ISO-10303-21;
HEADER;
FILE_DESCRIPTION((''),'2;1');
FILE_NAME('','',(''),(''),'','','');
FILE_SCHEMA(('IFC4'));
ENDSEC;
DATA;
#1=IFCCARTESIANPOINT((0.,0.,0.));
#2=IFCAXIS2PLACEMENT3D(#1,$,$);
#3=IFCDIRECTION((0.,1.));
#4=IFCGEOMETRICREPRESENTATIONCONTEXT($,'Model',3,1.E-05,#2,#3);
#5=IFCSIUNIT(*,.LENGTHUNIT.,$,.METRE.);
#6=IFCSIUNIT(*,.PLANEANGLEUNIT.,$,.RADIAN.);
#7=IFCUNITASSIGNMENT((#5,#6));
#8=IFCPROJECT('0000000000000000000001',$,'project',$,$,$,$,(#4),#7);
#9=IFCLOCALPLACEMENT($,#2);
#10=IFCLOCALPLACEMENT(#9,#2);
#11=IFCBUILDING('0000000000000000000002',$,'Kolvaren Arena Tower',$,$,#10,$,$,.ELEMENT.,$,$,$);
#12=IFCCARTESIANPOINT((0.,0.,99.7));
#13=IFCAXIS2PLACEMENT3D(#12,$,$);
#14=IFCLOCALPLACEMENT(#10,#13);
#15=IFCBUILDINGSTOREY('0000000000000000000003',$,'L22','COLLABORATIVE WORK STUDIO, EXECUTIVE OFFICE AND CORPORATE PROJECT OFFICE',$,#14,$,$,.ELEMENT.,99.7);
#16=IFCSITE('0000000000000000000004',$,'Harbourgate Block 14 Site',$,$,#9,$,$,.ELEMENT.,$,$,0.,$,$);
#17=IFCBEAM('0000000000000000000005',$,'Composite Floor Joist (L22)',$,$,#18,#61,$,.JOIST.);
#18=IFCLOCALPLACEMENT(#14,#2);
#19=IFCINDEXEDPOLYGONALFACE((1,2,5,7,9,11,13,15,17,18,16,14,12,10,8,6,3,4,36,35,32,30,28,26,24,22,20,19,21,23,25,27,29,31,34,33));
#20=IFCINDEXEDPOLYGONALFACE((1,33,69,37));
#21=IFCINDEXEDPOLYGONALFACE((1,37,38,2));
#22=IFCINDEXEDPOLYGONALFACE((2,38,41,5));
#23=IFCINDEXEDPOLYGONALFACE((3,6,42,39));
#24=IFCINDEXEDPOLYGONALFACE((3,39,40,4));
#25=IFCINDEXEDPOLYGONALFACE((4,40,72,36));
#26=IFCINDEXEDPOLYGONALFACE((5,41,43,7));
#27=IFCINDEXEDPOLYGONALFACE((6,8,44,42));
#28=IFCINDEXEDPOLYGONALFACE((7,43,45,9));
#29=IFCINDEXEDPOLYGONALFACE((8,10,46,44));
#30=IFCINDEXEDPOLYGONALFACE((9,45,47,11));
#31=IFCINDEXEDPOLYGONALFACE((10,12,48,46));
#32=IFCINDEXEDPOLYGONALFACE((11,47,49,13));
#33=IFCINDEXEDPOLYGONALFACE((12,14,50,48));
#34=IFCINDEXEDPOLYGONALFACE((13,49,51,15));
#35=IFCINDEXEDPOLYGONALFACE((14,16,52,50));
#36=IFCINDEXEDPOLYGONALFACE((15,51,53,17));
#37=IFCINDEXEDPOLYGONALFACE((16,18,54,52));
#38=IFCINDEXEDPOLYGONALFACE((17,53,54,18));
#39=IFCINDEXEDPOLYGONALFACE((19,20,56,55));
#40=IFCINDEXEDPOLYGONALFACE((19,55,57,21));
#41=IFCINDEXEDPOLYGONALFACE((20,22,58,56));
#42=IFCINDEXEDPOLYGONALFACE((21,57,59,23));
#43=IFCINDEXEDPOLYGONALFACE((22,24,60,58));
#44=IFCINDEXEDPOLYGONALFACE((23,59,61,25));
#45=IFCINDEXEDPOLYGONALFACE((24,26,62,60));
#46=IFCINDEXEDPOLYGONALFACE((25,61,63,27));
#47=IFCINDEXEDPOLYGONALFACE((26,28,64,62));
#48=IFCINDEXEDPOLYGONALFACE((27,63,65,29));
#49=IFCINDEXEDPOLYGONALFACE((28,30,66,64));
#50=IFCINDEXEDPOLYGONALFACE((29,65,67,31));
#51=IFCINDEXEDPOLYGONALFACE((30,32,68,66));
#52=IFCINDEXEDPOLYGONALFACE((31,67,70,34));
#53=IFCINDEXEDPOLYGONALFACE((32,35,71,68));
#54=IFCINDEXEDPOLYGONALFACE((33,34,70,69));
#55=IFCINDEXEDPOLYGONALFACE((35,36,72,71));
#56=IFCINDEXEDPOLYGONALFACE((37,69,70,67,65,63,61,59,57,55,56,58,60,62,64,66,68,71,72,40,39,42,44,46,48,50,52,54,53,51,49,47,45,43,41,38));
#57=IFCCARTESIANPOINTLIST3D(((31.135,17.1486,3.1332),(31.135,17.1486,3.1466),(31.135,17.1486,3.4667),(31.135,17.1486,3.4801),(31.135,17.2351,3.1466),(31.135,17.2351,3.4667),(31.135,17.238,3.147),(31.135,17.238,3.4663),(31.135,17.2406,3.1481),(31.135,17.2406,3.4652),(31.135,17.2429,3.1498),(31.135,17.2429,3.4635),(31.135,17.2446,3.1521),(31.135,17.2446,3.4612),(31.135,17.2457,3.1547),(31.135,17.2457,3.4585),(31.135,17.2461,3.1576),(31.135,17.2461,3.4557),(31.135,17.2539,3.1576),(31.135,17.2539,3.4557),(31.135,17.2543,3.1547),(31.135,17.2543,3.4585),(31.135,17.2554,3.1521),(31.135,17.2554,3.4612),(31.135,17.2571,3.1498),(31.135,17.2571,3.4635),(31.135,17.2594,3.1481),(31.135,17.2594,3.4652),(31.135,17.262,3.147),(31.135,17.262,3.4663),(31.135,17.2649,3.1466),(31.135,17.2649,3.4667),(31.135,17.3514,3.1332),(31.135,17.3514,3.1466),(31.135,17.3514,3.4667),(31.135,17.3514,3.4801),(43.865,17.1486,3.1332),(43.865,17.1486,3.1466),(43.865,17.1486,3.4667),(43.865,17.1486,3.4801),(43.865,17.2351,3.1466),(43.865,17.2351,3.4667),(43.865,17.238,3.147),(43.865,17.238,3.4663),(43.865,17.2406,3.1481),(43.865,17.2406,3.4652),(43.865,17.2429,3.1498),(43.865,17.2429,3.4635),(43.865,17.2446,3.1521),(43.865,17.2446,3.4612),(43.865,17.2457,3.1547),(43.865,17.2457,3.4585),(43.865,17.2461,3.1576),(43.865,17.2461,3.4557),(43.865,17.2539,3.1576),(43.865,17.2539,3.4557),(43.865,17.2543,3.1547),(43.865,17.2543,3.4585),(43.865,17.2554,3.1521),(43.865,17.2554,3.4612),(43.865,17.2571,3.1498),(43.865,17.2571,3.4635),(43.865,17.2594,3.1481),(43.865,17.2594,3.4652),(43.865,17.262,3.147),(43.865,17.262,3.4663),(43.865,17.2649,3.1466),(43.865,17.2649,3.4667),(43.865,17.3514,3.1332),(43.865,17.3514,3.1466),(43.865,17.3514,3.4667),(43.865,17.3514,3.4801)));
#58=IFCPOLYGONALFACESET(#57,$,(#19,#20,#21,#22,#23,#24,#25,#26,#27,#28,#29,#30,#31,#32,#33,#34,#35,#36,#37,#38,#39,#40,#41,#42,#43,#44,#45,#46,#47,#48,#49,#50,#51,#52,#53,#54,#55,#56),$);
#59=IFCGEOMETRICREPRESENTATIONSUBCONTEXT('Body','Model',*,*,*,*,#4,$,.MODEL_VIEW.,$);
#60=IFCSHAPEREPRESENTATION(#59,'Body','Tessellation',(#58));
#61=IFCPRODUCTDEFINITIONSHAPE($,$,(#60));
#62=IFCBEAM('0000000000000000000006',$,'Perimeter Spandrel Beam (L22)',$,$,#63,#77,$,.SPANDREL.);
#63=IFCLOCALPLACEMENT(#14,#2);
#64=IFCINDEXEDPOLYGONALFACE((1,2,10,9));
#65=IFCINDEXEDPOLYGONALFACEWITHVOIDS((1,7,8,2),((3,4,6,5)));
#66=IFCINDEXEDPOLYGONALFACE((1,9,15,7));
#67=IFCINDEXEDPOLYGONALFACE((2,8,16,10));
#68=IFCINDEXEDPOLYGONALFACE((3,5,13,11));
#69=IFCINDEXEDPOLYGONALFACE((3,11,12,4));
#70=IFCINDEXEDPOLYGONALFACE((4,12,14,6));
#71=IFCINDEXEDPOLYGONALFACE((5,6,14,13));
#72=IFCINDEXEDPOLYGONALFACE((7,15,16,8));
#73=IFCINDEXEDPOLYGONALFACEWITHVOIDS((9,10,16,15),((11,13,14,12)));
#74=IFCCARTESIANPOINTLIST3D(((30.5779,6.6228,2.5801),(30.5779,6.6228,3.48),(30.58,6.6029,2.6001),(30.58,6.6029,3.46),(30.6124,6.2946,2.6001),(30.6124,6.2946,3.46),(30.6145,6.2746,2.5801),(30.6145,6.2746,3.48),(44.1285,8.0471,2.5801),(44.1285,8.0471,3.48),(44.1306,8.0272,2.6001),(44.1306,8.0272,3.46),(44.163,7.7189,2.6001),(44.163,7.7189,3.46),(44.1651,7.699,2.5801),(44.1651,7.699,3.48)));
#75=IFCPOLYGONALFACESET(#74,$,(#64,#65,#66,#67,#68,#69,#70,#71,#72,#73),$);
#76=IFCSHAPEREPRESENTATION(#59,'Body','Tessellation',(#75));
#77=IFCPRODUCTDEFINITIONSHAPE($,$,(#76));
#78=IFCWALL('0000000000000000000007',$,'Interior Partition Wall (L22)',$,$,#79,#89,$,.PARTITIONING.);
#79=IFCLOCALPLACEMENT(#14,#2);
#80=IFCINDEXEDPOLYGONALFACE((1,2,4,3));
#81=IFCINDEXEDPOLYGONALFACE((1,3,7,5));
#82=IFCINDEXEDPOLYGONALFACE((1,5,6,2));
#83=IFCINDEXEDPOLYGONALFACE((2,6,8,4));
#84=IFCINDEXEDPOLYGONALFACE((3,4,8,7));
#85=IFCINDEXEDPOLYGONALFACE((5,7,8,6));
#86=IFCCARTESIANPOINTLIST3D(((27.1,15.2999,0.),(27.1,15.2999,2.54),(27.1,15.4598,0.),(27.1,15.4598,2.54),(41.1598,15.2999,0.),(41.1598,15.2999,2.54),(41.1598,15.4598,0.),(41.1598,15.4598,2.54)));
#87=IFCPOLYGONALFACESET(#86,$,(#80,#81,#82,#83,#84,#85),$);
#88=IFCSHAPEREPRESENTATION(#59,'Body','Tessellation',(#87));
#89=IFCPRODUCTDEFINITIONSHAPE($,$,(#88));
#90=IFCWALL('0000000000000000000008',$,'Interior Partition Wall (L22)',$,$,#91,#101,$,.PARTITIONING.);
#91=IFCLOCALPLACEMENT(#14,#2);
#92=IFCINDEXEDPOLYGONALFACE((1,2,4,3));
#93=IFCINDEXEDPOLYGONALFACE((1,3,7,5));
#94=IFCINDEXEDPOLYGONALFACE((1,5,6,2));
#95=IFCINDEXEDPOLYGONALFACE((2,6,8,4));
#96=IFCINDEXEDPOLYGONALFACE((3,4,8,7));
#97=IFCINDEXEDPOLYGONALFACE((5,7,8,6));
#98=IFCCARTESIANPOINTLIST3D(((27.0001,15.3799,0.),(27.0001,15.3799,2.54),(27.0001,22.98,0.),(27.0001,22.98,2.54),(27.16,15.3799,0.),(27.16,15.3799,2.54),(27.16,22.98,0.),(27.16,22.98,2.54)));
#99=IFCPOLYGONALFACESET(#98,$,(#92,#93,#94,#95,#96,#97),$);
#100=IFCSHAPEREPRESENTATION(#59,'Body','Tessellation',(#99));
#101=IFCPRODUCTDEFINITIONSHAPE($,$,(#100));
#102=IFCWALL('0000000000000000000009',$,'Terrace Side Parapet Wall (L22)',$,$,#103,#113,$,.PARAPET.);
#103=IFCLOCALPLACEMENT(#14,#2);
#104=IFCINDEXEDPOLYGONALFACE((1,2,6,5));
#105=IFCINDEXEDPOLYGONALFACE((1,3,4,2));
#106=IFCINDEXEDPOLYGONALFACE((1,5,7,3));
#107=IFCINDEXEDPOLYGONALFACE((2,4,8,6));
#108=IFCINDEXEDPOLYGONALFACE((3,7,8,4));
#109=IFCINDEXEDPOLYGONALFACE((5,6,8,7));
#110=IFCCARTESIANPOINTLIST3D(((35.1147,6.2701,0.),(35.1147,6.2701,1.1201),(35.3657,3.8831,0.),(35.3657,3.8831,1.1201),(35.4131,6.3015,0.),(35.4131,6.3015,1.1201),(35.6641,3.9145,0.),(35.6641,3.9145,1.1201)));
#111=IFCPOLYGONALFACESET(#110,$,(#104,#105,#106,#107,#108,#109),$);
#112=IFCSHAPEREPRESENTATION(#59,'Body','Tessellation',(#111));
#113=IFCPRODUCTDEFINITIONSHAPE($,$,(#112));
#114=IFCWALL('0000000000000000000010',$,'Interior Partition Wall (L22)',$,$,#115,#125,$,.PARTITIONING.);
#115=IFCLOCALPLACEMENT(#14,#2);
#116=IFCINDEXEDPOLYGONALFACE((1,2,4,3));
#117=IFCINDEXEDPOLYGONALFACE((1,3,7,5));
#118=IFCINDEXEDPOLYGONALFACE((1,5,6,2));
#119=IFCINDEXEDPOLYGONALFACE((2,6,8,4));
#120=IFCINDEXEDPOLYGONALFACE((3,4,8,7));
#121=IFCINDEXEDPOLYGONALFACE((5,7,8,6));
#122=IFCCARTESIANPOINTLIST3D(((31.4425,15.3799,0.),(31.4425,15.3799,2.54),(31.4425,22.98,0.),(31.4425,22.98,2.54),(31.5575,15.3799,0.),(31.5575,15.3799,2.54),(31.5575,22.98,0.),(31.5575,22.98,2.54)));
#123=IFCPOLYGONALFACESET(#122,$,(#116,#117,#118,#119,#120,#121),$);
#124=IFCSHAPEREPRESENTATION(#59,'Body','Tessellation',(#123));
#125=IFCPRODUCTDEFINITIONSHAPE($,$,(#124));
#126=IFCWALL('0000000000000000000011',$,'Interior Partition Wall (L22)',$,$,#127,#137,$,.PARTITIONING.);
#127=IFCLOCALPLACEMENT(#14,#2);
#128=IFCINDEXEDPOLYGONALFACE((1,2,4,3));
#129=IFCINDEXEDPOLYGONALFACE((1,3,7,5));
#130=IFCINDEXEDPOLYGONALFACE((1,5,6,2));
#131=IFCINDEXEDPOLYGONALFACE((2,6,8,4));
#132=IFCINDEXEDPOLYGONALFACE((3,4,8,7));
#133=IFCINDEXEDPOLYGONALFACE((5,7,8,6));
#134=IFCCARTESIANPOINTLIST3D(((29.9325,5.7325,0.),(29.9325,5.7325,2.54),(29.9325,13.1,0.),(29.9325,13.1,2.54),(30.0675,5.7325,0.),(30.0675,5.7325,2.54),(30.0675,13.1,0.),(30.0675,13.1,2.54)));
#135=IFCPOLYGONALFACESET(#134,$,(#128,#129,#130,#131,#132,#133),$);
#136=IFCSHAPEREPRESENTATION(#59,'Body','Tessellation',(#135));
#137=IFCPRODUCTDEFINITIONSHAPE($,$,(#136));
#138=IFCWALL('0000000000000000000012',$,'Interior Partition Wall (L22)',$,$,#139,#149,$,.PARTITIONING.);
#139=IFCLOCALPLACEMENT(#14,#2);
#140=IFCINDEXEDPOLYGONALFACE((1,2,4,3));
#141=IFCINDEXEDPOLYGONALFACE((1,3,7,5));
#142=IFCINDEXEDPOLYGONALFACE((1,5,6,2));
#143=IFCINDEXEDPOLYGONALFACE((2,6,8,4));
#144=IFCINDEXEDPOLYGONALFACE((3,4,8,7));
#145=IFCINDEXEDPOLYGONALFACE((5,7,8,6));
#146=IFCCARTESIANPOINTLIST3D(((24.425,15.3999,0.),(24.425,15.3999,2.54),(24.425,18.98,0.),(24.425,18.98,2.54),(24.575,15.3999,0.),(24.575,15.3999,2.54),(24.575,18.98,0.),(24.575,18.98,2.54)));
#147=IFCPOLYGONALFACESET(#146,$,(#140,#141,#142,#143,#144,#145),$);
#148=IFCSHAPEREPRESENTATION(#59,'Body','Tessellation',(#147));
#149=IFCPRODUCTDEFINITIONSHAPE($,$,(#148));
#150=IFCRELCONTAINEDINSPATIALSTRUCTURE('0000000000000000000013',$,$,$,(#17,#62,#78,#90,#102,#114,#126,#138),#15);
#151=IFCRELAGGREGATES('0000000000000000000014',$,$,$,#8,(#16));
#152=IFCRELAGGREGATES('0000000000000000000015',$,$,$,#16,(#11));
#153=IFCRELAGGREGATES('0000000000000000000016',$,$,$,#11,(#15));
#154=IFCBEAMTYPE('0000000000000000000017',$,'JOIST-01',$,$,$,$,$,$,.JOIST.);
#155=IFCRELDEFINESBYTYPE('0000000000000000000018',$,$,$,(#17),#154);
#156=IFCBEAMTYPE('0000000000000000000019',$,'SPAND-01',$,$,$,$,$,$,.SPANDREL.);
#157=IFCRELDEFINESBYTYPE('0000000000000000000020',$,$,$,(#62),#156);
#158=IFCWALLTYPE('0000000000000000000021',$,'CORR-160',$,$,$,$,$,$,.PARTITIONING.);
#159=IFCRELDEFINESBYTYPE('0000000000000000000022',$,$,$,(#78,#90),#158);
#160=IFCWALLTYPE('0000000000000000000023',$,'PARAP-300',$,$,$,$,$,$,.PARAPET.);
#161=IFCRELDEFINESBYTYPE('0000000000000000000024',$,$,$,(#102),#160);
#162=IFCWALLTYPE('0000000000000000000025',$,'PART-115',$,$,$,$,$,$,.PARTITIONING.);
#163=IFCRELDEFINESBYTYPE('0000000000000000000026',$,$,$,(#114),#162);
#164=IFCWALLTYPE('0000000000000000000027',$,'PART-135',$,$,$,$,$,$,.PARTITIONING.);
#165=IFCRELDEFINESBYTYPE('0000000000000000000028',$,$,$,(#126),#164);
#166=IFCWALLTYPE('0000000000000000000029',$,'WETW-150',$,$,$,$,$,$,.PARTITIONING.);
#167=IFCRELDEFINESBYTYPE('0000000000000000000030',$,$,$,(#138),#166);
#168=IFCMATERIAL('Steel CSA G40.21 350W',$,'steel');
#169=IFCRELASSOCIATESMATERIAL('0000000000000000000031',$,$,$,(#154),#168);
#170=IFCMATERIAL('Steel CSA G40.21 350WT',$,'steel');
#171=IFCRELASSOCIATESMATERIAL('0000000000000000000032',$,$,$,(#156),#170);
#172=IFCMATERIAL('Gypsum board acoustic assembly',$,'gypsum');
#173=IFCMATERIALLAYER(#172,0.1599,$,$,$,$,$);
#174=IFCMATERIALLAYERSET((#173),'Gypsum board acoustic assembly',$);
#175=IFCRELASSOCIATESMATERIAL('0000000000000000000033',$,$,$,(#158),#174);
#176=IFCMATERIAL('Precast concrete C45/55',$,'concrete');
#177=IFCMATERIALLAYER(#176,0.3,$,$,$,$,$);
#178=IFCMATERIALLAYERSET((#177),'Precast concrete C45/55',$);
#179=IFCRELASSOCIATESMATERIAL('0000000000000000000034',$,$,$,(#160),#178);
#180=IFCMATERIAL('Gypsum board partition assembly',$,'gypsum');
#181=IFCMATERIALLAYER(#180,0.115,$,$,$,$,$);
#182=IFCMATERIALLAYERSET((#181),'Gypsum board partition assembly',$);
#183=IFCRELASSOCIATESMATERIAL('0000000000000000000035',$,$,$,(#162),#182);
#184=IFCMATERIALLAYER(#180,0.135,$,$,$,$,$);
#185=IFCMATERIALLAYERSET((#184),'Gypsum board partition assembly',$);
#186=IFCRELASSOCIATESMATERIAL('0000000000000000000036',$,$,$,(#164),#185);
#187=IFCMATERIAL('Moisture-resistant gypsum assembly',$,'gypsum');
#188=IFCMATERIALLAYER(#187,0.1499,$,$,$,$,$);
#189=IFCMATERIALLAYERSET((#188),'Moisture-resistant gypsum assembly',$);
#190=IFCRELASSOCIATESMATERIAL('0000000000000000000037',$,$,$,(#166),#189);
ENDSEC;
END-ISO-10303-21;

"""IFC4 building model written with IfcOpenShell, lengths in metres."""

from ifc_helpers import new_model, si_unit, direction, frame, frame_2d, origin, origin_2d, place, context, subcontext, project, spatial, rectangle, hollow_rectangle, i_section, extrude, material, layer, layer_set, material_profile, profile_set, type_object, element, save


model = new_model("IFC4")

# Units and contexts
model_context = context("Model", 3, precision=1e-05, world=origin(), true_north=direction((0.0, 1.0)))
body_context = subcontext(model_context, "Body", "Model", "MODEL_VIEW")
ifc_project = project(units=[si_unit("LENGTHUNIT", "METRE"), si_unit("PLANEANGLEUNIT", "RADIAN")], contexts=[model_context])

# Site, building, storey
site_placement = place(None, origin())
site = spatial("IfcSite", under=ifc_project, at=site_placement, Name="Harbourgate Block 14 Site", CompositionType="ELEMENT", RefElevation=0.0)
building_placement = place(site_placement, origin())
building = spatial("IfcBuilding", under=site, at=building_placement, Name="Kolvaren Arena Tower", CompositionType="ELEMENT")
storey_placement = place(building_placement, frame((0.0, 0.0, 99.7)))
storey = spatial("IfcBuildingStorey", under=building, at=storey_placement, Name="L22", Description="COLLABORATIVE WORK STUDIO, EXECUTIVE OFFICE AND CORPORATE PROJECT OFFICE", CompositionType="ELEMENT", Elevation=99.7)

# Beams
ifc_material_1 = material(Name="Steel CSA G40.21 350W", Category="steel")
ifc_material_profile_1 = material_profile(ifc_material_1, i_section(OverallWidth=0.2029, OverallDepth=0.3469, WebThickness=0.0078, FlangeThickness=0.0134, FilletRadius=0.011, at=origin_2d()), Name="W360x64")
ifc_profile_set_1 = profile_set([ifc_material_profile_1], Name="Steel CSA G40.21 350W")
beam_type_1 = type_object("IfcBeamType", Name="JOIST-01", PredefinedType="JOIST", material=ifc_profile_set_1)
beam_1_placement = place(storey_placement, frame((31.135, 17.25, 3.3066), z_axis=(1.0, 0.0, 0.0), x_axis=(0.0, 1.0, 0.0)))
element("IfcBeam", 1, at=beam_1_placement, inside=storey, type_object=beam_type_1, Name="Composite Floor Joist (L22)", PredefinedType="JOIST", context=body_context, shape_type="SweptSolid", body=[
    extrude(i_section(OverallWidth=0.2029, OverallDepth=0.3469, WebThickness=0.0078, FlangeThickness=0.0134, FilletRadius=0.011, at=origin_2d()), origin(), (0.0, 0.0, 1.0), 12.73),
])
ifc_material_2 = material(Name="Steel CSA G40.21 350WT", Category="steel")
ifc_material_profile_2 = material_profile(ifc_material_2, hollow_rectangle(XDim=0.3501, YDim=0.8999, WallThickness=0.02, at=origin_2d()), Name="HSS 900x350x20")
ifc_profile_set_2 = profile_set([ifc_material_profile_2], Name="Steel CSA G40.21 350WT")
beam_type_2 = type_object("IfcBeamType", Name="SPAND-01", PredefinedType="SPANDREL", material=ifc_profile_set_2)
beam_2_placement = place(storey_placement, frame((30.5962, 6.4487, 3.03), z_axis=(0.994521, 0.104536, 0.0), x_axis=(-0.104536, 0.994521, 0.0)))
element("IfcBeam", 2, at=beam_2_placement, inside=storey, type_object=beam_type_2, Name="Perimeter Spandrel Beam (L22)", PredefinedType="SPANDREL", context=body_context, shape_type="SweptSolid", body=[
    extrude(hollow_rectangle(XDim=0.3501, YDim=0.8999, WallThickness=0.02, at=origin_2d()), origin(), (0.0, 0.0, 1.0), 13.6252),
])

# Shared definitions
ifc_material_3 = material(Name="Gypsum board acoustic assembly", Category="gypsum")
ifc_layer_1 = layer(ifc_material_3, 0.1599)
ifc_layer_set_1 = layer_set([ifc_layer_1], Name="Gypsum board acoustic assembly")
wall_type_1 = type_object("IfcWallType", Name="CORR-160", PredefinedType="PARTITIONING", material=ifc_layer_set_1)

# Walls
wall_1_placement = place(storey_placement, frame((27.1001, 15.3799, 0.0), z_axis=(0.0, 0.0, 1.0), x_axis=(1.0, 0.0, 0.0)))
element("IfcWall", 3, at=wall_1_placement, inside=storey, type_object=wall_type_1, Name="Interior Partition Wall (L22)", PredefinedType="PARTITIONING", context=body_context, shape_type="SweptSolid", body=[
    extrude(rectangle(XDim=14.0598, YDim=0.1599, at=frame_2d((7.0298, 0.0))), origin(), (0.0, 0.0, 1.0), 2.54),
])
wall_2_placement = place(storey_placement, frame((27.0801, 15.3799, 0.0), z_axis=(0.0, 0.0, 1.0), x_axis=(0.0, 1.0, 0.0)))
element("IfcWall", 4, at=wall_2_placement, inside=storey, type_object=wall_type_1, Name="Interior Partition Wall (L22)", PredefinedType="PARTITIONING", context=body_context, shape_type="SweptSolid", body=[
    extrude(rectangle(XDim=7.6001, YDim=0.1599, at=frame_2d((3.8, 0.0))), origin(), (0.0, 0.0, 1.0), 2.54),
])
ifc_material_4 = material(Name="Precast concrete C45/55", Category="concrete")
ifc_layer_2 = layer(ifc_material_4, 0.3)
ifc_layer_set_2 = layer_set([ifc_layer_2], Name="Precast concrete C45/55")
wall_type_2 = type_object("IfcWallType", Name="PARAP-300", PredefinedType="PARAPET", material=ifc_layer_set_2)
wall_3_placement = place(storey_placement, frame((35.2639, 6.2859, 0.0), z_axis=(0.0, 0.0, 1.0), x_axis=(0.104568, -0.994518, 0.0)))
element("IfcWall", 5, at=wall_3_placement, inside=storey, type_object=wall_type_2, Name="Terrace Side Parapet Wall (L22)", PredefinedType="PARAPET", context=body_context, shape_type="SweptSolid", body=[
    extrude(rectangle(XDim=2.4001, YDim=0.3, at=frame_2d((1.2002, 0.0))), origin(), (0.0, 0.0, 1.0), 1.1201),
])
ifc_material_5 = material(Name="Gypsum board partition assembly", Category="gypsum")
ifc_layer_3 = layer(ifc_material_5, 0.115)
ifc_layer_set_3 = layer_set([ifc_layer_3], Name="Gypsum board partition assembly")
wall_type_3 = type_object("IfcWallType", Name="PART-115", PredefinedType="PARTITIONING", material=ifc_layer_set_3)
wall_4_placement = place(storey_placement, frame((31.5, 15.3799, 0.0), z_axis=(0.0, 0.0, 1.0), x_axis=(0.0, 1.0, 0.0)))
element("IfcWall", 6, at=wall_4_placement, inside=storey, type_object=wall_type_3, Name="Interior Partition Wall (L22)", PredefinedType="PARTITIONING", context=body_context, shape_type="SweptSolid", body=[
    extrude(rectangle(XDim=7.6001, YDim=0.115, at=frame_2d((3.8, 0.0))), origin(), (0.0, 0.0, 1.0), 2.54),
])
ifc_layer_4 = layer(ifc_material_5, 0.135)
ifc_layer_set_4 = layer_set([ifc_layer_4], Name="Gypsum board partition assembly")
wall_type_4 = type_object("IfcWallType", Name="PART-135", PredefinedType="PARTITIONING", material=ifc_layer_set_4)
wall_5_placement = place(storey_placement, frame((30.0, 5.7327, 0.0), z_axis=(0.0, 0.0, 1.0), x_axis=(0.0, 1.0, 0.0)))
element("IfcWall", 7, at=wall_5_placement, inside=storey, type_object=wall_type_4, Name="Interior Partition Wall (L22)", PredefinedType="PARTITIONING", context=body_context, shape_type="SweptSolid", body=[
    extrude(rectangle(XDim=7.3674, YDim=0.135, at=frame_2d((3.6836, 0.0))), origin(), (0.0, 0.0, 1.0), 2.54),
])
ifc_material_6 = material(Name="Moisture-resistant gypsum assembly", Category="gypsum")
ifc_layer_5 = layer(ifc_material_6, 0.1499)
ifc_layer_set_5 = layer_set([ifc_layer_5], Name="Moisture-resistant gypsum assembly")
wall_type_5 = type_object("IfcWallType", Name="WETW-150", PredefinedType="PARTITIONING", material=ifc_layer_set_5)
wall_6_placement = place(storey_placement, frame((24.5, 15.3999, 0.0), z_axis=(0.0, 0.0, 1.0), x_axis=(0.0, 1.0, 0.0)))
element("IfcWall", 8, at=wall_6_placement, inside=storey, type_object=wall_type_5, Name="Interior Partition Wall (L22)", PredefinedType="PARTITIONING", context=body_context, shape_type="SweptSolid", body=[
    extrude(rectangle(XDim=3.5801, YDim=0.1499, at=frame_2d((1.79, 0.0))), origin(), (0.0, 0.0, 1.0), 2.54),
])

save(model, "model.ifc")
